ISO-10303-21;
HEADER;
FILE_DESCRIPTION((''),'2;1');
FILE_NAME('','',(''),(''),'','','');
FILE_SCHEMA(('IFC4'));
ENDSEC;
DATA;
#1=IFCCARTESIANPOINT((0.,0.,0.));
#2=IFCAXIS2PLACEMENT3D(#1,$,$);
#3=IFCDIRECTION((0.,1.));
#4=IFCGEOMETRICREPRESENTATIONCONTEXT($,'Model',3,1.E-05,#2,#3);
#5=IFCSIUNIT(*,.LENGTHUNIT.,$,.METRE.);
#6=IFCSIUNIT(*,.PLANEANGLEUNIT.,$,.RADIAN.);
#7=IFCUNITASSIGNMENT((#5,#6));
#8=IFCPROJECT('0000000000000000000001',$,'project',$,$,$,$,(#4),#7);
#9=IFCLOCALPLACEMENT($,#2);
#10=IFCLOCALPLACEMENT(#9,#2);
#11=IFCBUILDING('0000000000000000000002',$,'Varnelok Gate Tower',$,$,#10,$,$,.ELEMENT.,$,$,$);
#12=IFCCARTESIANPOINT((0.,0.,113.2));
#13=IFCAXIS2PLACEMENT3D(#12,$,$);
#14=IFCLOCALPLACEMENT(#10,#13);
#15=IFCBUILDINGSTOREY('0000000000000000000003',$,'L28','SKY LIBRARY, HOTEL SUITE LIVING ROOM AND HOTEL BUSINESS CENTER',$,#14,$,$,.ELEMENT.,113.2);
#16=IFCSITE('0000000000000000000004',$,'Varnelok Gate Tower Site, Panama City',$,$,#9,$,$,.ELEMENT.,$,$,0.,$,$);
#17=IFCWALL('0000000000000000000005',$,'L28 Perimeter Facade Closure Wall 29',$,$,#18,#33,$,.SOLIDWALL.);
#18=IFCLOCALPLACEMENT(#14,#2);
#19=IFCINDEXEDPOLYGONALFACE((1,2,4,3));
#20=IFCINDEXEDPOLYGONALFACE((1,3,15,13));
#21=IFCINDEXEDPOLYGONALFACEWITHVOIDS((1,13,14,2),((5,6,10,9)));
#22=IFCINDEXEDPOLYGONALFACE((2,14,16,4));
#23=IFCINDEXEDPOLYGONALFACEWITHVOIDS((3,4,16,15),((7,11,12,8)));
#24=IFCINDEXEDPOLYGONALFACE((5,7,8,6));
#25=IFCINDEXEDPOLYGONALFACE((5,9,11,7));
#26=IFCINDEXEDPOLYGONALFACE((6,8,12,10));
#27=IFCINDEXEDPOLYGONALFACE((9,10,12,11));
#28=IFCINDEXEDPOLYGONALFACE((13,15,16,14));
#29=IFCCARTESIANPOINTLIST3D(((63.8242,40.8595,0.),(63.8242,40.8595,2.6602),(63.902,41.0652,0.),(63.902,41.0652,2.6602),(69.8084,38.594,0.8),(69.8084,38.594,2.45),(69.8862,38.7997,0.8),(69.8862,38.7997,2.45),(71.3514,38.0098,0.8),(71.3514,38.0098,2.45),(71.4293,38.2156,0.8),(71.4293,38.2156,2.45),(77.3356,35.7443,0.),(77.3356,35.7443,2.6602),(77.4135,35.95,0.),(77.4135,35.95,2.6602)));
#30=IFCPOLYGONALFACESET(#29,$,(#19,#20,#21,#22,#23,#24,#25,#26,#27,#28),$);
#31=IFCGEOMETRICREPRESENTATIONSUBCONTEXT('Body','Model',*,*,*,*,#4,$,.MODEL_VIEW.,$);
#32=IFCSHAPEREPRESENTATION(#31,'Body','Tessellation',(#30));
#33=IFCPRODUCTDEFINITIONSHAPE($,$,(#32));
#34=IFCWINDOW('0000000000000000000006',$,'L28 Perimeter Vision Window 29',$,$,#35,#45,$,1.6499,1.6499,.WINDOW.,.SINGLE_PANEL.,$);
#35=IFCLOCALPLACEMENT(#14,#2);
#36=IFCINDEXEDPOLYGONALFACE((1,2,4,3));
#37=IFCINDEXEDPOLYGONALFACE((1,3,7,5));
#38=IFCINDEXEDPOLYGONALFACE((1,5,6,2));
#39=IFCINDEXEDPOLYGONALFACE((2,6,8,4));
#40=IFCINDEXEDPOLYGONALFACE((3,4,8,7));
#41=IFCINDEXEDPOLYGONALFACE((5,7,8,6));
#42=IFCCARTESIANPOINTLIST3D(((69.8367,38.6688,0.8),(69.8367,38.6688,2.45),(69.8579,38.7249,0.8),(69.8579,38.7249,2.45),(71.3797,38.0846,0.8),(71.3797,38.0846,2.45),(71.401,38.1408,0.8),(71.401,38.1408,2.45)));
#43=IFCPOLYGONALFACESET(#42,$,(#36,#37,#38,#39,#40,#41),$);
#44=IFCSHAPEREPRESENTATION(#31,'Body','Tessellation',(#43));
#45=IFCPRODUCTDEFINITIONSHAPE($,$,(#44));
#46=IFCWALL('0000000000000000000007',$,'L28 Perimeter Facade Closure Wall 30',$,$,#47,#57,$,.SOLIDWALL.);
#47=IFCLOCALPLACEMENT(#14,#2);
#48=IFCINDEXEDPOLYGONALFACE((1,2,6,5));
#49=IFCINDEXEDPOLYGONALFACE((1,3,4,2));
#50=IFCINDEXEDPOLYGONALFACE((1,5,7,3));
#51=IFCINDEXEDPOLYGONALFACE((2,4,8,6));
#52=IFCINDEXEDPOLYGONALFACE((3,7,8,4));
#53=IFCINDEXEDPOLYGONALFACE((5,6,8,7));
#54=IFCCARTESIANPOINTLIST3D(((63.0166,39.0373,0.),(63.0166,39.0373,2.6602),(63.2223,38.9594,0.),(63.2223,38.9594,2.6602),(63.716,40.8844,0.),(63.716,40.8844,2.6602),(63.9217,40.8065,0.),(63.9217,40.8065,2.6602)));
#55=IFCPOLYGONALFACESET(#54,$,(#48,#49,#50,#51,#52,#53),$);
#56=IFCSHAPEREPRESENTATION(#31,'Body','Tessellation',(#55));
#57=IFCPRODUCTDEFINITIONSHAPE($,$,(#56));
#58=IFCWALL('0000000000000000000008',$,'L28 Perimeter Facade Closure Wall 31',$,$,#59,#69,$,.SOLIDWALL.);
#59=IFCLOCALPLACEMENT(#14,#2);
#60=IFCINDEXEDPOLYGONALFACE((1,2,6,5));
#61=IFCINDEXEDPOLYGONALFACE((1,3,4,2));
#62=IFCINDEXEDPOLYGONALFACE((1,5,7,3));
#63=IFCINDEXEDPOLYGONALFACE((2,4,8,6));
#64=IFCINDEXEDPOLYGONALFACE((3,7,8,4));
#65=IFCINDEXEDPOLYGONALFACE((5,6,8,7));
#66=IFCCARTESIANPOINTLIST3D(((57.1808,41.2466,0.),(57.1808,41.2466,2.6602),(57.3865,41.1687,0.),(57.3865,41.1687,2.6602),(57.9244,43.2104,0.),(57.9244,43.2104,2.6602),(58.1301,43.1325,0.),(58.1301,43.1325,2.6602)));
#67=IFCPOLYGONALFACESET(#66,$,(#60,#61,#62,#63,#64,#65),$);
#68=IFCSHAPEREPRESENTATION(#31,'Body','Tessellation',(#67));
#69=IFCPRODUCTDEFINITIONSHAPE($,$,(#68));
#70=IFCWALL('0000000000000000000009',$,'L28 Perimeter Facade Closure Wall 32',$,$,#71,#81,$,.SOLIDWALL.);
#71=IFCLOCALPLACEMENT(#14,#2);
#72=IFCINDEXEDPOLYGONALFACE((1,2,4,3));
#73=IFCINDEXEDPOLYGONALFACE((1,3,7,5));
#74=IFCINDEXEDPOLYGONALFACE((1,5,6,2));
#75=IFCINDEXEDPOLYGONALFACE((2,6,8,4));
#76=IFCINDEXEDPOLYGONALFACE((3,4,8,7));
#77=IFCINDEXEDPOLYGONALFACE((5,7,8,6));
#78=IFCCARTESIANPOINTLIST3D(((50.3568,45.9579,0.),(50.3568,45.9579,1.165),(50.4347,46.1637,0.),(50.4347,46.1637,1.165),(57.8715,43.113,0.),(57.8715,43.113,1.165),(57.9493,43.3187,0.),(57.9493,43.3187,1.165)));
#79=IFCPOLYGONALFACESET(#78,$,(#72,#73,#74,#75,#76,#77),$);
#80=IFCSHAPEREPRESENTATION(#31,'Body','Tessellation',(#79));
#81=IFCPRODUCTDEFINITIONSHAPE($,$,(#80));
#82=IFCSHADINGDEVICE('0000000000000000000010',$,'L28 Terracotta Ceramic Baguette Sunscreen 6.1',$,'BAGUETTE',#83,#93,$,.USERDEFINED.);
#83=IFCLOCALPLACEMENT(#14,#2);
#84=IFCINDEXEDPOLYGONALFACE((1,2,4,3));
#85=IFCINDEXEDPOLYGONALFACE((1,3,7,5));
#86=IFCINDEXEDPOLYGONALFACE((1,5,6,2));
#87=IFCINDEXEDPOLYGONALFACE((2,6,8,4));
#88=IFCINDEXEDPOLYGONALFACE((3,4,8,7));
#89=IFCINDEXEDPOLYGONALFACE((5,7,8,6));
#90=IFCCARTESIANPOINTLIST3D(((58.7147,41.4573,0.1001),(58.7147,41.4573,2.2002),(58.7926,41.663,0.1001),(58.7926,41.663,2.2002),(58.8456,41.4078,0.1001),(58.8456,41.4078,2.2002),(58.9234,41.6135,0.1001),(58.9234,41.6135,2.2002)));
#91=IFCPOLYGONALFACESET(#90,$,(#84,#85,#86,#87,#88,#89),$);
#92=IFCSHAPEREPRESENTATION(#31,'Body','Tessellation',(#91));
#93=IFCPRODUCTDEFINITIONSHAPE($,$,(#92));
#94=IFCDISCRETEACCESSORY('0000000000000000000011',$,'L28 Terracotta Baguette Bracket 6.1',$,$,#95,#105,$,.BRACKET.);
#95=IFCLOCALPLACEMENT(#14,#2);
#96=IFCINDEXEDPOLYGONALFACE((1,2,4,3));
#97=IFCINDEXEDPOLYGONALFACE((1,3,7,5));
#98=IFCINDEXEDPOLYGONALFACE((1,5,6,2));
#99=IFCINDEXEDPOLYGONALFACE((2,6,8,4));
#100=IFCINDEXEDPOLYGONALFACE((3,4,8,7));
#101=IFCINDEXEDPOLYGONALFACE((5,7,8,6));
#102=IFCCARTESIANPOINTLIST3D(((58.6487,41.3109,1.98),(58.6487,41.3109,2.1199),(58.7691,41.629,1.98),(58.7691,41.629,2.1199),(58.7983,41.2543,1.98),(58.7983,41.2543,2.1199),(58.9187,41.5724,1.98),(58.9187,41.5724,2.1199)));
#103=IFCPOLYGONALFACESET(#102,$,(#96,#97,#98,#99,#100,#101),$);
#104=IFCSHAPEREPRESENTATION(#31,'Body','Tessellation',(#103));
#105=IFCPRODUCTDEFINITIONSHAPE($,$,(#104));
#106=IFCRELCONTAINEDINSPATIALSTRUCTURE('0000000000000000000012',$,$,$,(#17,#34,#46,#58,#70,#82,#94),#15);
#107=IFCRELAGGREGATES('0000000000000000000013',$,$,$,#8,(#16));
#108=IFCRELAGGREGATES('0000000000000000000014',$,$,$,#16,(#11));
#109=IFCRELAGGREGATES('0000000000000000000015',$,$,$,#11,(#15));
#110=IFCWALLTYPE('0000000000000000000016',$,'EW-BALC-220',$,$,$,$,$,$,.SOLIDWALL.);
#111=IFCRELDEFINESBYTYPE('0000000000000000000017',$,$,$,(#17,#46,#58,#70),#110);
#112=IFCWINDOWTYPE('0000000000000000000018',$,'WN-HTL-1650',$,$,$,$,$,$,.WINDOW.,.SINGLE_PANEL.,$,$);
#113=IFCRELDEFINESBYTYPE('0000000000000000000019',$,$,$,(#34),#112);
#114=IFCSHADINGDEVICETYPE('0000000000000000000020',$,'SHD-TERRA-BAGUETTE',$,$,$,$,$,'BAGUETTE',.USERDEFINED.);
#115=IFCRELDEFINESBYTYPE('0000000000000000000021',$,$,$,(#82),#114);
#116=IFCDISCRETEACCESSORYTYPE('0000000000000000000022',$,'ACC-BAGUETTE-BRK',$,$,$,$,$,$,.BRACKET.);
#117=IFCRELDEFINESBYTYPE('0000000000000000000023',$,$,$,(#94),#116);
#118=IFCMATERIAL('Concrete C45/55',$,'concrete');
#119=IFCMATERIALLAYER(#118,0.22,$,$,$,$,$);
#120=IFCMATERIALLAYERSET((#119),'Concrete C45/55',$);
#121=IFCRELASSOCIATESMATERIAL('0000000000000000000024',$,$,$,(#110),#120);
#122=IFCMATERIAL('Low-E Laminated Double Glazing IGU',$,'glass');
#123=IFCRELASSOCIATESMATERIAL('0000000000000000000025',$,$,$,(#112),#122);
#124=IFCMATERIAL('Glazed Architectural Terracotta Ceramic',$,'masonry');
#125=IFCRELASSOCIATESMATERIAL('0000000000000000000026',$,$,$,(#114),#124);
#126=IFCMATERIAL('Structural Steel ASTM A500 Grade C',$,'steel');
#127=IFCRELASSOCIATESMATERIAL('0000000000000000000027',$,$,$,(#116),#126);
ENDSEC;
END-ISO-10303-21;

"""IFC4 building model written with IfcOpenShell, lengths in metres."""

from ifc_helpers import new_model, si_unit, direction, frame, frame_2d, origin, origin_2d, place, context, subcontext, project, spatial, rectangle, extrude, source, transform, mapped, material, layer, layer_set, type_object, element, fill, save


model = new_model("IFC4")

# Units and contexts
model_context = context("Model", 3, precision=1e-05, world=origin(), true_north=direction((0.0, 1.0)))
body_context = subcontext(model_context, "Body", "Model", "MODEL_VIEW")
ifc_project = project(units=[si_unit("LENGTHUNIT", "METRE"), si_unit("PLANEANGLEUNIT", "RADIAN")], contexts=[model_context])

# Site, building, storey
site_placement = place(None, origin())
site = spatial("IfcSite", under=ifc_project, at=site_placement, Name="Varnelok Gate Tower Site, Panama City", CompositionType="ELEMENT", RefElevation=0.0)
building_placement = place(site_placement, origin())
building = spatial("IfcBuilding", under=site, at=building_placement, Name="Varnelok Gate Tower", CompositionType="ELEMENT")
storey_placement = place(building_placement, frame((0.0, 0.0, 113.2)))
storey = spatial("IfcBuildingStorey", under=building, at=storey_placement, Name="L28", Description="SKY LIBRARY, HOTEL SUITE LIVING ROOM AND HOTEL BUSINESS CENTER", CompositionType="ELEMENT", Elevation=113.2)

# Shared definitions
ifc_material_1 = material(Name="Concrete C45/55", Category="concrete")
ifc_layer_1 = layer(ifc_material_1, 0.22)
ifc_layer_set_1 = layer_set([ifc_layer_1], Name="Concrete C45/55")
wall_type = type_object("IfcWallType", Name="EW-BALC-220", PredefinedType="SOLIDWALL", material=ifc_layer_set_1)

# Wall, opening, window
wall_1_placement = place(storey_placement, frame((77.3745, 35.8472, 0.0), z_axis=(0.0, 0.0, 1.0), x_axis=(-0.935222, 0.354061, 0.0)))
wall_1 = element("IfcWall", 1, at=wall_1_placement, inside=storey, type_object=wall_type, Name="L28 Perimeter Facade Closure Wall 29", PredefinedType="SOLIDWALL", context=body_context, shape_type="SweptSolid", body=[
    extrude(rectangle(XDim=14.4473, YDim=0.22, at=frame_2d((7.2236, 0.0))), origin(), (0.0, 0.0, 1.0), 2.6602),
])
opening_1_placement = place(wall_1_placement, frame((6.3987, 0.0, 0.8)))
opening_1 = element("IfcOpeningElement", 2, at=opening_1_placement, cuts=wall_1, PredefinedType="OPENING", context=body_context, shape_type="SweptSolid", body=[
    extrude(rectangle(XDim=1.6499, YDim=1.6499, at=frame_2d((0.825, 0.825))), frame((0.0, 0.1199, 0.0), z_axis=(0.0, -1.0, 0.0), x_axis=(1.0, 0.0, 0.0)), (0.0, 0.0, 1.0), 0.24),
])
ifc_material_2 = material(Name="Low-E Laminated Double Glazing IGU", Category="glass")
window_type = type_object("IfcWindowType", Name="WN-HTL-1650", PartitioningType="SINGLE_PANEL", PredefinedType="WINDOW", material=ifc_material_2)
window_placement = place(opening_1_placement, origin())
window = element("IfcWindow", 3, at=window_placement, inside=storey, type_object=window_type, Name="L28 Perimeter Vision Window 29", OverallHeight=1.6499, OverallWidth=1.6499, PartitioningType="SINGLE_PANEL", PredefinedType="WINDOW", context=body_context, shape_type="SweptSolid", body=[
    extrude(rectangle(XDim=1.6499, YDim=1.6499, at=frame_2d((0.825, 0.825))), frame((0.0, 0.03, 0.0), z_axis=(0.0, -1.0, 0.0), x_axis=(1.0, 0.0, 0.0)), (0.0, 0.0, 1.0), 0.0601),
])
fill(opening_1, window)

# Walls
wall_2_placement = place(storey_placement, frame((63.8188, 40.8455, 0.0), z_axis=(0.0, 0.0, 1.0), x_axis=(-0.354129, -0.935197, 0.0)))
element("IfcWall", 4, at=wall_2_placement, inside=storey, type_object=wall_type, Name="L28 Perimeter Facade Closure Wall 30", PredefinedType="SOLIDWALL", context=body_context, shape_type="SweptSolid", body=[
    extrude(rectangle(XDim=1.9751, YDim=0.22, at=frame_2d((0.9875, 0.0))), origin(), (0.0, 0.0, 1.0), 2.6602),
])
wall_3_placement = place(storey_placement, frame((57.2837, 41.2078, 0.0), z_axis=(0.0, 0.0, 1.0), x_axis=(0.354128, 0.935197, 0.0)))
element("IfcWall", 5, at=wall_3_placement, inside=storey, type_object=wall_type, Name="L28 Perimeter Facade Closure Wall 31", PredefinedType="SOLIDWALL", context=body_context, shape_type="SweptSolid", body=[
    extrude(rectangle(XDim=2.0999, YDim=0.22, at=frame_2d((1.0498, 0.0))), origin(), (0.0, 0.0, 1.0), 2.6602),
])
wall_4_placement = place(storey_placement, frame((57.9104, 43.2158, 0.0), z_axis=(0.0, 0.0, 1.0), x_axis=(-0.935221, 0.354065, 0.0)))
element("IfcWall", 6, at=wall_4_placement, inside=storey, type_object=wall_type, Name="L28 Perimeter Facade Closure Wall 32", PredefinedType="SOLIDWALL", context=body_context, shape_type="SweptSolid", body=[
    extrude(rectangle(XDim=8.0352, YDim=0.22, at=frame_2d((4.0176, 0.0))), origin(), (0.0, 0.0, 1.0), 1.165),
])

# Shading device
ifc_material_3 = material(Name="Glazed Architectural Terracotta Ceramic", Category="masonry")
shading_device_type = type_object("IfcShadingDeviceType", Name="SHD-TERRA-BAGUETTE", ElementType="BAGUETTE", PredefinedType="USERDEFINED", material=ifc_material_3)
shared_shape_1 = source(origin(), body_context, "Body", "SweptSolid", [
    extrude(rectangle(XDim=0.1399, YDim=0.22, at=origin_2d()), origin(), (0.0, 0.0, 1.0), 2.1001),
])
shading_device_placement = place(storey_placement, frame((58.8191, 41.5354, 0.1001), z_axis=(0.0, 0.0, 1.0), x_axis=(0.935222, -0.354063, 0.0)))
element("IfcShadingDevice", 7, at=shading_device_placement, inside=storey, type_object=shading_device_type, Name="L28 Terracotta Ceramic Baguette Sunscreen 6.1", ObjectType="BAGUETTE", PredefinedType="USERDEFINED", context=body_context, shape_type="MappedRepresentation", body=[
    mapped(shared_shape_1, transform((0.0, 0.0, 0.0), scale=1.0)),
])

# Discrete accessory
ifc_material_4 = material(Name="Structural Steel ASTM A500 Grade C", Category="steel")
discrete_accessory_type = type_object("IfcDiscreteAccessoryType", Name="ACC-BAGUETTE-BRK", PredefinedType="BRACKET", material=ifc_material_4)
shared_shape_2 = source(origin(), body_context, "Body", "SweptSolid", [
    extrude(rectangle(XDim=0.1599, YDim=0.3401, at=origin_2d()), origin(), (0.0, 0.0, 1.0), 0.1399),
])
discrete_accessory_placement = place(storey_placement, frame((58.7837, 41.4417, 1.98), z_axis=(0.0, 0.0, 1.0), x_axis=(0.935222, -0.354063, 0.0)))
element("IfcDiscreteAccessory", 8, at=discrete_accessory_placement, inside=storey, type_object=discrete_accessory_type, Name="L28 Terracotta Baguette Bracket 6.1", PredefinedType="BRACKET", context=body_context, shape_type="MappedRepresentation", body=[
    mapped(shared_shape_2, transform((0.0, 0.0, 0.0), scale=1.0)),
])

save(model, "model.ifc")
